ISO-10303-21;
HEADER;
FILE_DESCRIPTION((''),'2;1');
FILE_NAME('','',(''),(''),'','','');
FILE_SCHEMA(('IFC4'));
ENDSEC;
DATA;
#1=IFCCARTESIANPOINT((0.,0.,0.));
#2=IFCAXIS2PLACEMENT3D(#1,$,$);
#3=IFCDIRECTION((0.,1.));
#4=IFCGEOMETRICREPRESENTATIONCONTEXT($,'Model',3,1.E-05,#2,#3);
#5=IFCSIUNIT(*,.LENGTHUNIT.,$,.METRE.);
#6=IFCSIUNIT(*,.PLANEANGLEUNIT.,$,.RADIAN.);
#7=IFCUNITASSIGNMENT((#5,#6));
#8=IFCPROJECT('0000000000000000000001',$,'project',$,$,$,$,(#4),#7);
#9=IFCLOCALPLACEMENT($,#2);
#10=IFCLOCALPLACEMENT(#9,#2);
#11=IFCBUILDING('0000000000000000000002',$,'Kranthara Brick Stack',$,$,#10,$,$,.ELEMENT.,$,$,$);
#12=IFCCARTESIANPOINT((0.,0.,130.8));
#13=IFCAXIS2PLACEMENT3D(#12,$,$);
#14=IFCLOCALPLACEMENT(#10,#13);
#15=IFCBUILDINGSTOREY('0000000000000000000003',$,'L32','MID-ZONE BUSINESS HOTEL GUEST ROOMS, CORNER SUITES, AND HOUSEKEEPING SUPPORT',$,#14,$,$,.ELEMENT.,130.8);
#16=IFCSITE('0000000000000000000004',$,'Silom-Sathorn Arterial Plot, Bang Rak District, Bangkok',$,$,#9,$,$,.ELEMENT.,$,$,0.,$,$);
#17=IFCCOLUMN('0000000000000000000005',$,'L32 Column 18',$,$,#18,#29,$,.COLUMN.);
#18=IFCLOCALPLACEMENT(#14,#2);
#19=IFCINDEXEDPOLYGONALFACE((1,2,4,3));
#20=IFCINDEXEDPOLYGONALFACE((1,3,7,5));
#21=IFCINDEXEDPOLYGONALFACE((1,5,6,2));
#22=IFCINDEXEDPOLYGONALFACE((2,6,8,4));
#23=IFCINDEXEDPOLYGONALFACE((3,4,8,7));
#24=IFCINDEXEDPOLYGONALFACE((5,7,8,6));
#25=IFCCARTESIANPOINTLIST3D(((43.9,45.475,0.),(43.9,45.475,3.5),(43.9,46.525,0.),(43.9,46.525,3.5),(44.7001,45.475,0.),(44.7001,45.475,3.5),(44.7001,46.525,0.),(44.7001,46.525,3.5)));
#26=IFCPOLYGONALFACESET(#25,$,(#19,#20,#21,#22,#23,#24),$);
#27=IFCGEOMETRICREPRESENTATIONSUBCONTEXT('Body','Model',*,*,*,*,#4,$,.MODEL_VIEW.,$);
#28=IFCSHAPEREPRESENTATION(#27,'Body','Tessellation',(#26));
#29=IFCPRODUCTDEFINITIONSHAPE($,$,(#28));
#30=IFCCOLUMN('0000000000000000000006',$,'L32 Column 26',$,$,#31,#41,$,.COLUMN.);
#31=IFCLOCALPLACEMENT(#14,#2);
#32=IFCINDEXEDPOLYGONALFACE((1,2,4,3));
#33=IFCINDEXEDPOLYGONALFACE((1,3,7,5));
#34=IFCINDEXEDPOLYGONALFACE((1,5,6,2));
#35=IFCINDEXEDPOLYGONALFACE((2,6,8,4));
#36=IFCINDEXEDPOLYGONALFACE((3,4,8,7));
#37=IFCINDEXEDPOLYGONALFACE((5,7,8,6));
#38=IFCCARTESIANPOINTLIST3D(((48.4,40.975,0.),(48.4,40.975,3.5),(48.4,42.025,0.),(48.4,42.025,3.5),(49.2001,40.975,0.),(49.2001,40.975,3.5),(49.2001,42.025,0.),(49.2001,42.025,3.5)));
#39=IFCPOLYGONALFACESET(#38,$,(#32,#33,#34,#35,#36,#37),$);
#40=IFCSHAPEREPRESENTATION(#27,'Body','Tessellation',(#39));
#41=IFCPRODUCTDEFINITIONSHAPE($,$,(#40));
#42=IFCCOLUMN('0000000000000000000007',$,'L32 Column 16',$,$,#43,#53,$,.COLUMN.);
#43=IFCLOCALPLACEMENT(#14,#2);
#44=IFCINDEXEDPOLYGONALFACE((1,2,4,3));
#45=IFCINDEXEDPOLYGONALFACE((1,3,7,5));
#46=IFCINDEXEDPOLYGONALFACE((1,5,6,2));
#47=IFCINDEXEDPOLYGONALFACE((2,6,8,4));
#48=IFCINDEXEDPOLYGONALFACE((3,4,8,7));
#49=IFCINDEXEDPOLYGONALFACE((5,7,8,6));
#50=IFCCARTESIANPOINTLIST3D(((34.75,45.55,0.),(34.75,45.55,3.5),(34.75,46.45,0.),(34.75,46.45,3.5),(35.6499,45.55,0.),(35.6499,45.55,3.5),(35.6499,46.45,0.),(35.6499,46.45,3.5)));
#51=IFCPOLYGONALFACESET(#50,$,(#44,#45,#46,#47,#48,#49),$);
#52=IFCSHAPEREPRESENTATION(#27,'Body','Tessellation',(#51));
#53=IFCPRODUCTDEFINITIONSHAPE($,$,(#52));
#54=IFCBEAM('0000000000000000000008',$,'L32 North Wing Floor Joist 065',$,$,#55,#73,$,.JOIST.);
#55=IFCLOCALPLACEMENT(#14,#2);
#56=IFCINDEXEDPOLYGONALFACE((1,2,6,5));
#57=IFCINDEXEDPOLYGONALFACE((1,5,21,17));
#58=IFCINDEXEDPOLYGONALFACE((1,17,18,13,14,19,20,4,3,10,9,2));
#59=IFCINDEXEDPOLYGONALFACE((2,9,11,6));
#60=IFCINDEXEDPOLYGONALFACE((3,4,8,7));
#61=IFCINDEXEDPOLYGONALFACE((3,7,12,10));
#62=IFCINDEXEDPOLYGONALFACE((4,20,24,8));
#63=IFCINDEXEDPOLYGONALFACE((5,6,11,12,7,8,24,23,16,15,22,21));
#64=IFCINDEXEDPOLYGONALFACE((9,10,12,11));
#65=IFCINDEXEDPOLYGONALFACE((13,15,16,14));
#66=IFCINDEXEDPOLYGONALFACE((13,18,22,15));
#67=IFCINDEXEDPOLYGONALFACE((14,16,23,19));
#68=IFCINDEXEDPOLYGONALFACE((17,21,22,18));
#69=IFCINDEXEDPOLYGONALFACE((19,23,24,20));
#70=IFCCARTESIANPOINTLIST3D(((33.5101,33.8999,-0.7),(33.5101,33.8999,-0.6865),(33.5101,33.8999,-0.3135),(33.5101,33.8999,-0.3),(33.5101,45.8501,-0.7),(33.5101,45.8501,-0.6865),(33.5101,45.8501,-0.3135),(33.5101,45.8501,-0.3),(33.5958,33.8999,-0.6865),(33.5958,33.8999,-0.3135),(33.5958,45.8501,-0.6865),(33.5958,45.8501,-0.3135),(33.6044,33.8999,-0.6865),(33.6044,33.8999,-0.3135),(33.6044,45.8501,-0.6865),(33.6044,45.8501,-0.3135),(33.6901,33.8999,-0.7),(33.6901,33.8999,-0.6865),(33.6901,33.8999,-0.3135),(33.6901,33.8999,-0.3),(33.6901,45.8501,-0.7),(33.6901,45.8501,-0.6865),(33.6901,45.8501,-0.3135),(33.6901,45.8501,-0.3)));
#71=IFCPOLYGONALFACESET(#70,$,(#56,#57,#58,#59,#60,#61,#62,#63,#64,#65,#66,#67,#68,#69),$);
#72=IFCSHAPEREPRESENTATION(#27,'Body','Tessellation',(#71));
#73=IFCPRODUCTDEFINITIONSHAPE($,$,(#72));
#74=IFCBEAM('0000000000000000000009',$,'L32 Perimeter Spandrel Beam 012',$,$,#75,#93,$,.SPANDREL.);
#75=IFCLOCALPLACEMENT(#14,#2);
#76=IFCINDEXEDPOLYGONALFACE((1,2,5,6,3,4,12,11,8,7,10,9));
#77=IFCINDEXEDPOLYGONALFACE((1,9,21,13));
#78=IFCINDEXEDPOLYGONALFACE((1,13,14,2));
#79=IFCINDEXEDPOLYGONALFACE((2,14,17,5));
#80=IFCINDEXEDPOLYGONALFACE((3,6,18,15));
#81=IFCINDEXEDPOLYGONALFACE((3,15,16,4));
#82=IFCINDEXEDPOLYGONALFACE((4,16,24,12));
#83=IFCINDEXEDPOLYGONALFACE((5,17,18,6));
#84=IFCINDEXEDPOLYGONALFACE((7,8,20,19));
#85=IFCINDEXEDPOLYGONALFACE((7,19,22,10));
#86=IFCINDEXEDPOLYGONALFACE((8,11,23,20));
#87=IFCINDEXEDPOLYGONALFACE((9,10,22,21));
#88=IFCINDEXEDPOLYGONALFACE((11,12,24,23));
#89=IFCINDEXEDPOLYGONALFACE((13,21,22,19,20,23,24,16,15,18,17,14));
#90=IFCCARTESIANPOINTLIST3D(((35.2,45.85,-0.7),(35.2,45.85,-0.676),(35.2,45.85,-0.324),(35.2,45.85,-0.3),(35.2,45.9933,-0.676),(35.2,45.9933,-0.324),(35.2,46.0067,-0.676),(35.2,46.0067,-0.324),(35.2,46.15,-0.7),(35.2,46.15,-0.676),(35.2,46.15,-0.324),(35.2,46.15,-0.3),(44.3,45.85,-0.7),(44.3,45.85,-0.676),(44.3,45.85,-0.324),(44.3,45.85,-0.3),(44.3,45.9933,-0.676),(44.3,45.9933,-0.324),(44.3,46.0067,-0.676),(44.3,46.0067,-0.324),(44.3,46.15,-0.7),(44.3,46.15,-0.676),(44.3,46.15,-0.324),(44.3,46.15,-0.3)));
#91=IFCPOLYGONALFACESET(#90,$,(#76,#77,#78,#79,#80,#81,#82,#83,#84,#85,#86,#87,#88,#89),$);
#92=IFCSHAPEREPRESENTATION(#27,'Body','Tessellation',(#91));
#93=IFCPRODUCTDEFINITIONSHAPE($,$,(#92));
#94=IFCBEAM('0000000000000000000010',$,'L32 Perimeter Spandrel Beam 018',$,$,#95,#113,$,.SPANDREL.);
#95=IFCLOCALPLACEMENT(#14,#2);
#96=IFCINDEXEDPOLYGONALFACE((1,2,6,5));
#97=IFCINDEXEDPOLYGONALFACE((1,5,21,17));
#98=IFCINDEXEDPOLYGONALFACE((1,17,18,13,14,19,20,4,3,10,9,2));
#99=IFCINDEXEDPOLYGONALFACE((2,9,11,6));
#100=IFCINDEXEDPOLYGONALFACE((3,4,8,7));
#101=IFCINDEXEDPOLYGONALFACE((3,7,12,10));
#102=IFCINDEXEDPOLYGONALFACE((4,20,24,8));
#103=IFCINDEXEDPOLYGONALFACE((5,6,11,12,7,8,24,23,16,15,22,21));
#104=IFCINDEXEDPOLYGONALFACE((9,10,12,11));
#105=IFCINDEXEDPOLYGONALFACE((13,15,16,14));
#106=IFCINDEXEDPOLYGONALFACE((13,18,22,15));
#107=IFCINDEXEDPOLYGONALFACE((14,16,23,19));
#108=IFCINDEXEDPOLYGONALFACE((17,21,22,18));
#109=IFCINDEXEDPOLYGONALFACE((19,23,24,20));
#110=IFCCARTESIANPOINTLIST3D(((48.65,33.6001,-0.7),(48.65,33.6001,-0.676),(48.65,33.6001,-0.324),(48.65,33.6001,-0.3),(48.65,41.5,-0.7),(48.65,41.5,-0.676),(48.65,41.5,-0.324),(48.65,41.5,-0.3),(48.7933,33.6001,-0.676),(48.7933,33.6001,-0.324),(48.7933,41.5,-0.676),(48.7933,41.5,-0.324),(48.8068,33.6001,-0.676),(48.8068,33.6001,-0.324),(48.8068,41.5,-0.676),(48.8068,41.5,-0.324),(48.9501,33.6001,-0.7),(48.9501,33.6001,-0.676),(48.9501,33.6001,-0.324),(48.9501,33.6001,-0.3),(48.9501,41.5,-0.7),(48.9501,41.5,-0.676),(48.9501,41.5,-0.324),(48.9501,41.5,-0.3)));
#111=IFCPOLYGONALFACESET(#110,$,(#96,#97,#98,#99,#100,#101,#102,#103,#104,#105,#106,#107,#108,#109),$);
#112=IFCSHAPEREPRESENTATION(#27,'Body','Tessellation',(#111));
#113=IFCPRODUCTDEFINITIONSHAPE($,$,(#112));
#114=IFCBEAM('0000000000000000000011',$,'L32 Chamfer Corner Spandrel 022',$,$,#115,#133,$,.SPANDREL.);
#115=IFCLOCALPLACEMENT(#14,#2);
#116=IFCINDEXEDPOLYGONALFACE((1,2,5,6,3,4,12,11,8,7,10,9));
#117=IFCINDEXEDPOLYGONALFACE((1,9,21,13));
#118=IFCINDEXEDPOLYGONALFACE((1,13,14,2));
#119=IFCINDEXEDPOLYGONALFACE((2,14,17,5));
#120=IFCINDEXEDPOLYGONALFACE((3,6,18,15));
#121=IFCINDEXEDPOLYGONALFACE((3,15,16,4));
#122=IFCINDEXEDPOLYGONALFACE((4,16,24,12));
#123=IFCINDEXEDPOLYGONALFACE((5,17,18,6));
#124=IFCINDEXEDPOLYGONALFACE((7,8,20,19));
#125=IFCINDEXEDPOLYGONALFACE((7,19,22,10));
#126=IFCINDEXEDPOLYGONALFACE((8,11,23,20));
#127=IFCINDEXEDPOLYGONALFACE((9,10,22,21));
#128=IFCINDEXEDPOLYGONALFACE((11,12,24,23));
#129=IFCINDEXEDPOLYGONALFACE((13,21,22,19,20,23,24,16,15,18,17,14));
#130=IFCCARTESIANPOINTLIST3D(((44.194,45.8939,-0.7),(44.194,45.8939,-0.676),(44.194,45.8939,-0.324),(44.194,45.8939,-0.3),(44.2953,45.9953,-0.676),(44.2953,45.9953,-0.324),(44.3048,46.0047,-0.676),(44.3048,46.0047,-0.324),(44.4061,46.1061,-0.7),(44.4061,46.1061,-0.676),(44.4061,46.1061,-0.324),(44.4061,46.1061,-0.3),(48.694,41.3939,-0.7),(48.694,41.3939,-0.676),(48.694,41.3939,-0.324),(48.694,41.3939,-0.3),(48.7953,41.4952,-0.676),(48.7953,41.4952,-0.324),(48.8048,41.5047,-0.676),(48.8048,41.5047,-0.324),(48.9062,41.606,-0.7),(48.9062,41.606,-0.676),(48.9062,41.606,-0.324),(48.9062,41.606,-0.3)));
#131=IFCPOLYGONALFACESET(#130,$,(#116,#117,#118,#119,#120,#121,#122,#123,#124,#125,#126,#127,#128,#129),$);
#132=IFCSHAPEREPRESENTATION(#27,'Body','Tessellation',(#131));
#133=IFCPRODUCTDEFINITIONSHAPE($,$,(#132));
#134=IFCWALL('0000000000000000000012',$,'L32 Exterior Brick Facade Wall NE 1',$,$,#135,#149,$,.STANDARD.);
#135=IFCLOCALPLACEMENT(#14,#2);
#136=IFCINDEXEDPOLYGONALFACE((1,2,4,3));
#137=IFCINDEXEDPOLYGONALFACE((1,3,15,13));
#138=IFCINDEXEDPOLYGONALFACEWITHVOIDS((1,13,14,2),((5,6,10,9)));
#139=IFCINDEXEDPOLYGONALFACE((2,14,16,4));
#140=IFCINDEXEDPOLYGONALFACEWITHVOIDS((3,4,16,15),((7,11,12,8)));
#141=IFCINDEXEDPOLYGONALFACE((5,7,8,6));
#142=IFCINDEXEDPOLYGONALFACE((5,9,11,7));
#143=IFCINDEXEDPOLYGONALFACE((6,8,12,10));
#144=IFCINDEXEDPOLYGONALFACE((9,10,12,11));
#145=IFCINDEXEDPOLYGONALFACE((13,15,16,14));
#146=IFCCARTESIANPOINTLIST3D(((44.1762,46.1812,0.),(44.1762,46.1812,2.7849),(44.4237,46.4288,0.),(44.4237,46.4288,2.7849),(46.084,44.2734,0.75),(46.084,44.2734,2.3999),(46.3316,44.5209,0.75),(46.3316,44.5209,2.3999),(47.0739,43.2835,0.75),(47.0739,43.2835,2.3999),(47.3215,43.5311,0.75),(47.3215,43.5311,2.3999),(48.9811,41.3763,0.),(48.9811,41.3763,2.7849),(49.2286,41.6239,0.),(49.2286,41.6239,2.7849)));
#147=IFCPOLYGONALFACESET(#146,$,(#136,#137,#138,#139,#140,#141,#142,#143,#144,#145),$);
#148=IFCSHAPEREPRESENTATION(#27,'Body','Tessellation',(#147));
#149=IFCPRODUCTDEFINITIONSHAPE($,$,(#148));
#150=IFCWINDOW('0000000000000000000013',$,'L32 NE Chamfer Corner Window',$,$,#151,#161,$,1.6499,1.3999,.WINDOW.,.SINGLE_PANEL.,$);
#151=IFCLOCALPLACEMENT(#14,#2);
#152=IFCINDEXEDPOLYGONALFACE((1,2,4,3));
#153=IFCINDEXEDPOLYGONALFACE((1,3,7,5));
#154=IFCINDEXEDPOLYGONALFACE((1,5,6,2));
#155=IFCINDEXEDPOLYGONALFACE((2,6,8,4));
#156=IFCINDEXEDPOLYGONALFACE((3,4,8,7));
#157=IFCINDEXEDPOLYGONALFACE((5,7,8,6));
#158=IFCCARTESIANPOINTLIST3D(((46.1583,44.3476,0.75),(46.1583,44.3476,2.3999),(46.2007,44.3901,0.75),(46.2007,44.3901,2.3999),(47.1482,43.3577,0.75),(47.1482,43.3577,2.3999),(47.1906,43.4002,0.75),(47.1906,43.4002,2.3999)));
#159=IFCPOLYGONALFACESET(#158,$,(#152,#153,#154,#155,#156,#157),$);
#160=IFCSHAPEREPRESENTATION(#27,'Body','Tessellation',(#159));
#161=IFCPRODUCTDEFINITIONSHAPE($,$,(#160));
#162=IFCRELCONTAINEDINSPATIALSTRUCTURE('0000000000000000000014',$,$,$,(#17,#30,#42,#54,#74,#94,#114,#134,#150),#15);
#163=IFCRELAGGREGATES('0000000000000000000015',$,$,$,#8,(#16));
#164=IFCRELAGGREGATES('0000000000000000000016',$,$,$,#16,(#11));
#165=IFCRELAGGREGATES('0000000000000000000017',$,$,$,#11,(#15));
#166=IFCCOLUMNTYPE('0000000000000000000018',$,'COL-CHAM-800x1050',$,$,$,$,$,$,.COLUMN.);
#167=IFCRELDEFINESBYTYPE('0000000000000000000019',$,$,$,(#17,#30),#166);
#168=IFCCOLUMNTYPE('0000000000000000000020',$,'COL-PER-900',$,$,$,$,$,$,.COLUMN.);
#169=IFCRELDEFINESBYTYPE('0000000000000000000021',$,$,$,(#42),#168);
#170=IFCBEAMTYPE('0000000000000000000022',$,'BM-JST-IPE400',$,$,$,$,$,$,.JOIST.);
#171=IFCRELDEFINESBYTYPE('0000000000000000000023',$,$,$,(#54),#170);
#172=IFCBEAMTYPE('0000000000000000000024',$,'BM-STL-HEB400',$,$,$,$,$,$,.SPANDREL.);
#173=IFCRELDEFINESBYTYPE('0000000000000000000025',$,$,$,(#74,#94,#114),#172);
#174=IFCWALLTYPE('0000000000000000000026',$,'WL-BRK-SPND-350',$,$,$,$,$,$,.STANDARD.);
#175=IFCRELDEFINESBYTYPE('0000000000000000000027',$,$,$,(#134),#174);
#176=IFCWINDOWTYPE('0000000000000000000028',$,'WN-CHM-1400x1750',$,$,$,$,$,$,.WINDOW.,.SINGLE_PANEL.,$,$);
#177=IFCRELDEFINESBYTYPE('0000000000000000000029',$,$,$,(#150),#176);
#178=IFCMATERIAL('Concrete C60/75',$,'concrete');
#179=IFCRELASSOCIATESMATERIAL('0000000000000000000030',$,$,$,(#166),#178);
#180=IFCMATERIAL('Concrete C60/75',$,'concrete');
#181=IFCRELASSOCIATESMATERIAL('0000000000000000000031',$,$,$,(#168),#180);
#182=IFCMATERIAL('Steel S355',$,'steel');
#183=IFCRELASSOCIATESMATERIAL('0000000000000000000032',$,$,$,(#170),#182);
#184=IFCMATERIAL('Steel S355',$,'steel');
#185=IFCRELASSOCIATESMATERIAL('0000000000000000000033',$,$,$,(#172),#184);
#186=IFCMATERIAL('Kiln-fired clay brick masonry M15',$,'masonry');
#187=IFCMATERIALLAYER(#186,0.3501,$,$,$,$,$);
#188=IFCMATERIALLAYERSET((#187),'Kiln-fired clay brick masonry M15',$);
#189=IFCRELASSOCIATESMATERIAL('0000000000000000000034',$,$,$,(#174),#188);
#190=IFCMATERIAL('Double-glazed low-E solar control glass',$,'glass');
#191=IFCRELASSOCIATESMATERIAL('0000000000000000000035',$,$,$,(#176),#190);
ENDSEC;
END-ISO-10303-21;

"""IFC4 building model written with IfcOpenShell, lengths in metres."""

from ifc_helpers import new_model, si_unit, direction, frame, frame_2d, origin, origin_2d, place, context, subcontext, project, spatial, rectangle, i_section, extrude, material, layer, layer_set, material_profile, profile_set, type_object, element, fill, save


model = new_model("IFC4")

# Units and contexts
model_context = context("Model", 3, precision=1e-05, world=origin(), true_north=direction((0.0, 1.0)))
body_context = subcontext(model_context, "Body", "Model", "MODEL_VIEW")
ifc_project = project(units=[si_unit("LENGTHUNIT", "METRE"), si_unit("PLANEANGLEUNIT", "RADIAN")], contexts=[model_context])

# Site, building, storey
site_placement = place(None, origin())
site = spatial("IfcSite", under=ifc_project, at=site_placement, Name="Silom-Sathorn Arterial Plot, Bang Rak District, Bangkok", CompositionType="ELEMENT", RefElevation=0.0)
building_placement = place(site_placement, origin())
building = spatial("IfcBuilding", under=site, at=building_placement, Name="Kranthara Brick Stack", CompositionType="ELEMENT")
storey_placement = place(building_placement, frame((0.0, 0.0, 130.8)))
storey = spatial("IfcBuildingStorey", under=building, at=storey_placement, Name="L32", Description="MID-ZONE BUSINESS HOTEL GUEST ROOMS, CORNER SUITES, AND HOUSEKEEPING SUPPORT", CompositionType="ELEMENT", Elevation=130.8)

# Columns
ifc_material_1 = material(Name="Concrete C60/75", Category="concrete")
ifc_material_profile_1 = material_profile(ifc_material_1, rectangle(XDim=0.8, YDim=1.05, at=origin_2d()), Name="RC 800x1050")
ifc_profile_set_1 = profile_set([ifc_material_profile_1], Name="Concrete C60/75")
column_type_1 = type_object("IfcColumnType", Name="COL-CHAM-800x1050", PredefinedType="COLUMN", material=ifc_profile_set_1)
for number, where, z_axis, x_axis, name in (
    (1, (44.3, 46.0, 0.0), (0.0, 0.0, 1.0), (1.0, 0.0, 0.0), "L32 Column 18"),
    (2, (48.8, 41.5, 0.0), (0.0, 0.0, 1.0), (1.0, 0.0, 0.0), "L32 Column 26"),
):
    element("IfcColumn", number, at=place(storey_placement, frame(where, z_axis=z_axis, x_axis=x_axis)), inside=storey, type_object=column_type_1, Name=name, PredefinedType="COLUMN", context=body_context, shape_type="SweptSolid", body=[
        extrude(rectangle(XDim=0.8, YDim=1.05, at=origin_2d()), origin(), (0.0, 0.0, 1.0), 3.5),
    ])
ifc_material_2 = material(Name="Concrete C60/75", Category="concrete")
ifc_material_profile_2 = material_profile(ifc_material_2, rectangle(XDim=0.8999, YDim=0.8999, at=origin_2d()), Name="RC 900x900")
ifc_profile_set_2 = profile_set([ifc_material_profile_2], Name="Concrete C60/75")
column_type_2 = type_object("IfcColumnType", Name="COL-PER-900", PredefinedType="COLUMN", material=ifc_profile_set_2)
column_placement = place(storey_placement, frame((35.2, 46.0, 0.0), z_axis=(0.0, 0.0, 1.0), x_axis=(1.0, 0.0, 0.0)))
element("IfcColumn", 3, at=column_placement, inside=storey, type_object=column_type_2, Name="L32 Column 16", PredefinedType="COLUMN", context=body_context, shape_type="SweptSolid", body=[
    extrude(rectangle(XDim=0.8999, YDim=0.8999, at=origin_2d()), origin(), (0.0, 0.0, 1.0), 3.5),
])

# Beams
ifc_material_3 = material(Name="Steel S355", Category="steel")
ifc_material_profile_3 = material_profile(ifc_material_3, i_section(OverallWidth=0.1799, OverallDepth=0.3999, WebThickness=0.0085, FlangeThickness=0.0134, at=origin_2d()), Name="IPE 400")
ifc_profile_set_3 = profile_set([ifc_material_profile_3], Name="Steel S355")
beam_type_1 = type_object("IfcBeamType", Name="BM-JST-IPE400", PredefinedType="JOIST", material=ifc_profile_set_3)
beam_1_placement = place(storey_placement, frame((33.6001, 33.8999, -0.5), z_axis=(0.0, 1.0, 0.0), x_axis=(-1.0, 0.0, 0.0)))
element("IfcBeam", 4, at=beam_1_placement, inside=storey, type_object=beam_type_1, Name="L32 North Wing Floor Joist 065", PredefinedType="JOIST", context=body_context, shape_type="SweptSolid", body=[
    extrude(i_section(OverallWidth=0.1799, OverallDepth=0.3999, WebThickness=0.0085, FlangeThickness=0.0134, at=origin_2d()), origin(), (0.0, 0.0, 1.0), 11.9502),
])
ifc_material_4 = material(Name="Steel S355", Category="steel")
ifc_material_profile_4 = material_profile(ifc_material_4, i_section(OverallWidth=0.3, OverallDepth=0.3999, WebThickness=0.0134, FlangeThickness=0.0239, at=origin_2d()), Name="HEB 400")
ifc_profile_set_4 = profile_set([ifc_material_profile_4], Name="Steel S355")
beam_type_2 = type_object("IfcBeamType", Name="BM-STL-HEB400", PredefinedType="SPANDREL", material=ifc_profile_set_4)
beam_2_placement = place(storey_placement, frame((35.2, 46.0, -0.5), z_axis=(1.0, 0.0, 0.0), x_axis=(0.0, 1.0, 0.0)))
element("IfcBeam", 5, at=beam_2_placement, inside=storey, type_object=beam_type_2, Name="L32 Perimeter Spandrel Beam 012", PredefinedType="SPANDREL", context=body_context, shape_type="SweptSolid", body=[
    extrude(i_section(OverallWidth=0.3, OverallDepth=0.3999, WebThickness=0.0134, FlangeThickness=0.0239, at=origin_2d()), origin(), (0.0, 0.0, 1.0), 9.1001),
])
beam_3_placement = place(storey_placement, frame((48.8, 33.6001, -0.5), z_axis=(0.0, 1.0, 0.0), x_axis=(-1.0, 0.0, 0.0)))
element("IfcBeam", 6, at=beam_3_placement, inside=storey, type_object=beam_type_2, Name="L32 Perimeter Spandrel Beam 018", PredefinedType="SPANDREL", context=body_context, shape_type="SweptSolid", body=[
    extrude(i_section(OverallWidth=0.3, OverallDepth=0.3999, WebThickness=0.0134, FlangeThickness=0.0239, at=origin_2d()), origin(), (0.0, 0.0, 1.0), 7.8999),
])
beam_4_placement = place(storey_placement, frame((44.3, 46.0, -0.5), z_axis=(0.707107, -0.707107, 0.0), x_axis=(0.707107, 0.707107, 0.0)))
element("IfcBeam", 7, at=beam_4_placement, inside=storey, type_object=beam_type_2, Name="L32 Chamfer Corner Spandrel 022", PredefinedType="SPANDREL", context=body_context, shape_type="SweptSolid", body=[
    extrude(i_section(OverallWidth=0.3, OverallDepth=0.3999, WebThickness=0.0134, FlangeThickness=0.0239, at=origin_2d()), origin(), (0.0, 0.0, 1.0), 6.364),
])

# Wall, opening, window
ifc_material_5 = material(Name="Kiln-fired clay brick masonry M15", Category="masonry")
ifc_layer_1 = layer(ifc_material_5, 0.3501)
ifc_layer_set_1 = layer_set([ifc_layer_1], Name="Kiln-fired clay brick masonry M15")
wall_type_1 = type_object("IfcWallType", Name="WL-BRK-SPND-350", PredefinedType="STANDARD", material=ifc_layer_set_1)
wall_1_placement = place(storey_placement, frame((44.3, 46.3049, 0.0), z_axis=(0.0, 0.0, 1.0), x_axis=(0.707107, -0.707107, 0.0)))
wall_1 = element("IfcWall", 8, at=wall_1_placement, inside=storey, type_object=wall_type_1, Name="L32 Exterior Brick Facade Wall NE 1", PredefinedType="STANDARD", context=body_context, shape_type="SweptSolid", body=[
    extrude(rectangle(XDim=6.7952, YDim=0.3501, at=frame_2d((3.3975, 0.0))), origin(), (0.0, 0.0, 1.0), 2.7849),
])
opening_1_placement = place(wall_1_placement, frame((2.698, 0.0, 0.75)))
opening_1 = element("IfcOpeningElement", 9, at=opening_1_placement, cuts=wall_1, PredefinedType="OPENING", context=body_context, shape_type="SweptSolid", body=[
    extrude(rectangle(XDim=1.3999, YDim=1.6499, at=frame_2d((0.7, 0.825))), frame((0.0, 0.1851, 0.0), z_axis=(0.0, -1.0, 0.0), x_axis=(1.0, 0.0, 0.0)), (0.0, 0.0, 1.0), 0.3701),
])
ifc_material_6 = material(Name="Double-glazed low-E solar control glass", Category="glass")
window_type_1 = type_object("IfcWindowType", Name="WN-CHM-1400x1750", PartitioningType="SINGLE_PANEL", PredefinedType="WINDOW", material=ifc_material_6)
window_1_placement = place(opening_1_placement, origin())
window_1 = element("IfcWindow", 10, at=window_1_placement, inside=storey, type_object=window_type_1, Name="L32 NE Chamfer Corner Window", OverallHeight=1.6499, OverallWidth=1.3999, PartitioningType="SINGLE_PANEL", PredefinedType="WINDOW", context=body_context, shape_type="SweptSolid", body=[
    extrude(rectangle(XDim=1.3999, YDim=1.6499, at=frame_2d((0.7, 0.825))), frame((0.0, -0.01, 0.0), z_axis=(0.0, -1.0, 0.0), x_axis=(1.0, 0.0, 0.0)), (0.0, 0.0, 1.0), 0.0601),
])
fill(opening_1, window_1)

save(model, "model.ifc")
